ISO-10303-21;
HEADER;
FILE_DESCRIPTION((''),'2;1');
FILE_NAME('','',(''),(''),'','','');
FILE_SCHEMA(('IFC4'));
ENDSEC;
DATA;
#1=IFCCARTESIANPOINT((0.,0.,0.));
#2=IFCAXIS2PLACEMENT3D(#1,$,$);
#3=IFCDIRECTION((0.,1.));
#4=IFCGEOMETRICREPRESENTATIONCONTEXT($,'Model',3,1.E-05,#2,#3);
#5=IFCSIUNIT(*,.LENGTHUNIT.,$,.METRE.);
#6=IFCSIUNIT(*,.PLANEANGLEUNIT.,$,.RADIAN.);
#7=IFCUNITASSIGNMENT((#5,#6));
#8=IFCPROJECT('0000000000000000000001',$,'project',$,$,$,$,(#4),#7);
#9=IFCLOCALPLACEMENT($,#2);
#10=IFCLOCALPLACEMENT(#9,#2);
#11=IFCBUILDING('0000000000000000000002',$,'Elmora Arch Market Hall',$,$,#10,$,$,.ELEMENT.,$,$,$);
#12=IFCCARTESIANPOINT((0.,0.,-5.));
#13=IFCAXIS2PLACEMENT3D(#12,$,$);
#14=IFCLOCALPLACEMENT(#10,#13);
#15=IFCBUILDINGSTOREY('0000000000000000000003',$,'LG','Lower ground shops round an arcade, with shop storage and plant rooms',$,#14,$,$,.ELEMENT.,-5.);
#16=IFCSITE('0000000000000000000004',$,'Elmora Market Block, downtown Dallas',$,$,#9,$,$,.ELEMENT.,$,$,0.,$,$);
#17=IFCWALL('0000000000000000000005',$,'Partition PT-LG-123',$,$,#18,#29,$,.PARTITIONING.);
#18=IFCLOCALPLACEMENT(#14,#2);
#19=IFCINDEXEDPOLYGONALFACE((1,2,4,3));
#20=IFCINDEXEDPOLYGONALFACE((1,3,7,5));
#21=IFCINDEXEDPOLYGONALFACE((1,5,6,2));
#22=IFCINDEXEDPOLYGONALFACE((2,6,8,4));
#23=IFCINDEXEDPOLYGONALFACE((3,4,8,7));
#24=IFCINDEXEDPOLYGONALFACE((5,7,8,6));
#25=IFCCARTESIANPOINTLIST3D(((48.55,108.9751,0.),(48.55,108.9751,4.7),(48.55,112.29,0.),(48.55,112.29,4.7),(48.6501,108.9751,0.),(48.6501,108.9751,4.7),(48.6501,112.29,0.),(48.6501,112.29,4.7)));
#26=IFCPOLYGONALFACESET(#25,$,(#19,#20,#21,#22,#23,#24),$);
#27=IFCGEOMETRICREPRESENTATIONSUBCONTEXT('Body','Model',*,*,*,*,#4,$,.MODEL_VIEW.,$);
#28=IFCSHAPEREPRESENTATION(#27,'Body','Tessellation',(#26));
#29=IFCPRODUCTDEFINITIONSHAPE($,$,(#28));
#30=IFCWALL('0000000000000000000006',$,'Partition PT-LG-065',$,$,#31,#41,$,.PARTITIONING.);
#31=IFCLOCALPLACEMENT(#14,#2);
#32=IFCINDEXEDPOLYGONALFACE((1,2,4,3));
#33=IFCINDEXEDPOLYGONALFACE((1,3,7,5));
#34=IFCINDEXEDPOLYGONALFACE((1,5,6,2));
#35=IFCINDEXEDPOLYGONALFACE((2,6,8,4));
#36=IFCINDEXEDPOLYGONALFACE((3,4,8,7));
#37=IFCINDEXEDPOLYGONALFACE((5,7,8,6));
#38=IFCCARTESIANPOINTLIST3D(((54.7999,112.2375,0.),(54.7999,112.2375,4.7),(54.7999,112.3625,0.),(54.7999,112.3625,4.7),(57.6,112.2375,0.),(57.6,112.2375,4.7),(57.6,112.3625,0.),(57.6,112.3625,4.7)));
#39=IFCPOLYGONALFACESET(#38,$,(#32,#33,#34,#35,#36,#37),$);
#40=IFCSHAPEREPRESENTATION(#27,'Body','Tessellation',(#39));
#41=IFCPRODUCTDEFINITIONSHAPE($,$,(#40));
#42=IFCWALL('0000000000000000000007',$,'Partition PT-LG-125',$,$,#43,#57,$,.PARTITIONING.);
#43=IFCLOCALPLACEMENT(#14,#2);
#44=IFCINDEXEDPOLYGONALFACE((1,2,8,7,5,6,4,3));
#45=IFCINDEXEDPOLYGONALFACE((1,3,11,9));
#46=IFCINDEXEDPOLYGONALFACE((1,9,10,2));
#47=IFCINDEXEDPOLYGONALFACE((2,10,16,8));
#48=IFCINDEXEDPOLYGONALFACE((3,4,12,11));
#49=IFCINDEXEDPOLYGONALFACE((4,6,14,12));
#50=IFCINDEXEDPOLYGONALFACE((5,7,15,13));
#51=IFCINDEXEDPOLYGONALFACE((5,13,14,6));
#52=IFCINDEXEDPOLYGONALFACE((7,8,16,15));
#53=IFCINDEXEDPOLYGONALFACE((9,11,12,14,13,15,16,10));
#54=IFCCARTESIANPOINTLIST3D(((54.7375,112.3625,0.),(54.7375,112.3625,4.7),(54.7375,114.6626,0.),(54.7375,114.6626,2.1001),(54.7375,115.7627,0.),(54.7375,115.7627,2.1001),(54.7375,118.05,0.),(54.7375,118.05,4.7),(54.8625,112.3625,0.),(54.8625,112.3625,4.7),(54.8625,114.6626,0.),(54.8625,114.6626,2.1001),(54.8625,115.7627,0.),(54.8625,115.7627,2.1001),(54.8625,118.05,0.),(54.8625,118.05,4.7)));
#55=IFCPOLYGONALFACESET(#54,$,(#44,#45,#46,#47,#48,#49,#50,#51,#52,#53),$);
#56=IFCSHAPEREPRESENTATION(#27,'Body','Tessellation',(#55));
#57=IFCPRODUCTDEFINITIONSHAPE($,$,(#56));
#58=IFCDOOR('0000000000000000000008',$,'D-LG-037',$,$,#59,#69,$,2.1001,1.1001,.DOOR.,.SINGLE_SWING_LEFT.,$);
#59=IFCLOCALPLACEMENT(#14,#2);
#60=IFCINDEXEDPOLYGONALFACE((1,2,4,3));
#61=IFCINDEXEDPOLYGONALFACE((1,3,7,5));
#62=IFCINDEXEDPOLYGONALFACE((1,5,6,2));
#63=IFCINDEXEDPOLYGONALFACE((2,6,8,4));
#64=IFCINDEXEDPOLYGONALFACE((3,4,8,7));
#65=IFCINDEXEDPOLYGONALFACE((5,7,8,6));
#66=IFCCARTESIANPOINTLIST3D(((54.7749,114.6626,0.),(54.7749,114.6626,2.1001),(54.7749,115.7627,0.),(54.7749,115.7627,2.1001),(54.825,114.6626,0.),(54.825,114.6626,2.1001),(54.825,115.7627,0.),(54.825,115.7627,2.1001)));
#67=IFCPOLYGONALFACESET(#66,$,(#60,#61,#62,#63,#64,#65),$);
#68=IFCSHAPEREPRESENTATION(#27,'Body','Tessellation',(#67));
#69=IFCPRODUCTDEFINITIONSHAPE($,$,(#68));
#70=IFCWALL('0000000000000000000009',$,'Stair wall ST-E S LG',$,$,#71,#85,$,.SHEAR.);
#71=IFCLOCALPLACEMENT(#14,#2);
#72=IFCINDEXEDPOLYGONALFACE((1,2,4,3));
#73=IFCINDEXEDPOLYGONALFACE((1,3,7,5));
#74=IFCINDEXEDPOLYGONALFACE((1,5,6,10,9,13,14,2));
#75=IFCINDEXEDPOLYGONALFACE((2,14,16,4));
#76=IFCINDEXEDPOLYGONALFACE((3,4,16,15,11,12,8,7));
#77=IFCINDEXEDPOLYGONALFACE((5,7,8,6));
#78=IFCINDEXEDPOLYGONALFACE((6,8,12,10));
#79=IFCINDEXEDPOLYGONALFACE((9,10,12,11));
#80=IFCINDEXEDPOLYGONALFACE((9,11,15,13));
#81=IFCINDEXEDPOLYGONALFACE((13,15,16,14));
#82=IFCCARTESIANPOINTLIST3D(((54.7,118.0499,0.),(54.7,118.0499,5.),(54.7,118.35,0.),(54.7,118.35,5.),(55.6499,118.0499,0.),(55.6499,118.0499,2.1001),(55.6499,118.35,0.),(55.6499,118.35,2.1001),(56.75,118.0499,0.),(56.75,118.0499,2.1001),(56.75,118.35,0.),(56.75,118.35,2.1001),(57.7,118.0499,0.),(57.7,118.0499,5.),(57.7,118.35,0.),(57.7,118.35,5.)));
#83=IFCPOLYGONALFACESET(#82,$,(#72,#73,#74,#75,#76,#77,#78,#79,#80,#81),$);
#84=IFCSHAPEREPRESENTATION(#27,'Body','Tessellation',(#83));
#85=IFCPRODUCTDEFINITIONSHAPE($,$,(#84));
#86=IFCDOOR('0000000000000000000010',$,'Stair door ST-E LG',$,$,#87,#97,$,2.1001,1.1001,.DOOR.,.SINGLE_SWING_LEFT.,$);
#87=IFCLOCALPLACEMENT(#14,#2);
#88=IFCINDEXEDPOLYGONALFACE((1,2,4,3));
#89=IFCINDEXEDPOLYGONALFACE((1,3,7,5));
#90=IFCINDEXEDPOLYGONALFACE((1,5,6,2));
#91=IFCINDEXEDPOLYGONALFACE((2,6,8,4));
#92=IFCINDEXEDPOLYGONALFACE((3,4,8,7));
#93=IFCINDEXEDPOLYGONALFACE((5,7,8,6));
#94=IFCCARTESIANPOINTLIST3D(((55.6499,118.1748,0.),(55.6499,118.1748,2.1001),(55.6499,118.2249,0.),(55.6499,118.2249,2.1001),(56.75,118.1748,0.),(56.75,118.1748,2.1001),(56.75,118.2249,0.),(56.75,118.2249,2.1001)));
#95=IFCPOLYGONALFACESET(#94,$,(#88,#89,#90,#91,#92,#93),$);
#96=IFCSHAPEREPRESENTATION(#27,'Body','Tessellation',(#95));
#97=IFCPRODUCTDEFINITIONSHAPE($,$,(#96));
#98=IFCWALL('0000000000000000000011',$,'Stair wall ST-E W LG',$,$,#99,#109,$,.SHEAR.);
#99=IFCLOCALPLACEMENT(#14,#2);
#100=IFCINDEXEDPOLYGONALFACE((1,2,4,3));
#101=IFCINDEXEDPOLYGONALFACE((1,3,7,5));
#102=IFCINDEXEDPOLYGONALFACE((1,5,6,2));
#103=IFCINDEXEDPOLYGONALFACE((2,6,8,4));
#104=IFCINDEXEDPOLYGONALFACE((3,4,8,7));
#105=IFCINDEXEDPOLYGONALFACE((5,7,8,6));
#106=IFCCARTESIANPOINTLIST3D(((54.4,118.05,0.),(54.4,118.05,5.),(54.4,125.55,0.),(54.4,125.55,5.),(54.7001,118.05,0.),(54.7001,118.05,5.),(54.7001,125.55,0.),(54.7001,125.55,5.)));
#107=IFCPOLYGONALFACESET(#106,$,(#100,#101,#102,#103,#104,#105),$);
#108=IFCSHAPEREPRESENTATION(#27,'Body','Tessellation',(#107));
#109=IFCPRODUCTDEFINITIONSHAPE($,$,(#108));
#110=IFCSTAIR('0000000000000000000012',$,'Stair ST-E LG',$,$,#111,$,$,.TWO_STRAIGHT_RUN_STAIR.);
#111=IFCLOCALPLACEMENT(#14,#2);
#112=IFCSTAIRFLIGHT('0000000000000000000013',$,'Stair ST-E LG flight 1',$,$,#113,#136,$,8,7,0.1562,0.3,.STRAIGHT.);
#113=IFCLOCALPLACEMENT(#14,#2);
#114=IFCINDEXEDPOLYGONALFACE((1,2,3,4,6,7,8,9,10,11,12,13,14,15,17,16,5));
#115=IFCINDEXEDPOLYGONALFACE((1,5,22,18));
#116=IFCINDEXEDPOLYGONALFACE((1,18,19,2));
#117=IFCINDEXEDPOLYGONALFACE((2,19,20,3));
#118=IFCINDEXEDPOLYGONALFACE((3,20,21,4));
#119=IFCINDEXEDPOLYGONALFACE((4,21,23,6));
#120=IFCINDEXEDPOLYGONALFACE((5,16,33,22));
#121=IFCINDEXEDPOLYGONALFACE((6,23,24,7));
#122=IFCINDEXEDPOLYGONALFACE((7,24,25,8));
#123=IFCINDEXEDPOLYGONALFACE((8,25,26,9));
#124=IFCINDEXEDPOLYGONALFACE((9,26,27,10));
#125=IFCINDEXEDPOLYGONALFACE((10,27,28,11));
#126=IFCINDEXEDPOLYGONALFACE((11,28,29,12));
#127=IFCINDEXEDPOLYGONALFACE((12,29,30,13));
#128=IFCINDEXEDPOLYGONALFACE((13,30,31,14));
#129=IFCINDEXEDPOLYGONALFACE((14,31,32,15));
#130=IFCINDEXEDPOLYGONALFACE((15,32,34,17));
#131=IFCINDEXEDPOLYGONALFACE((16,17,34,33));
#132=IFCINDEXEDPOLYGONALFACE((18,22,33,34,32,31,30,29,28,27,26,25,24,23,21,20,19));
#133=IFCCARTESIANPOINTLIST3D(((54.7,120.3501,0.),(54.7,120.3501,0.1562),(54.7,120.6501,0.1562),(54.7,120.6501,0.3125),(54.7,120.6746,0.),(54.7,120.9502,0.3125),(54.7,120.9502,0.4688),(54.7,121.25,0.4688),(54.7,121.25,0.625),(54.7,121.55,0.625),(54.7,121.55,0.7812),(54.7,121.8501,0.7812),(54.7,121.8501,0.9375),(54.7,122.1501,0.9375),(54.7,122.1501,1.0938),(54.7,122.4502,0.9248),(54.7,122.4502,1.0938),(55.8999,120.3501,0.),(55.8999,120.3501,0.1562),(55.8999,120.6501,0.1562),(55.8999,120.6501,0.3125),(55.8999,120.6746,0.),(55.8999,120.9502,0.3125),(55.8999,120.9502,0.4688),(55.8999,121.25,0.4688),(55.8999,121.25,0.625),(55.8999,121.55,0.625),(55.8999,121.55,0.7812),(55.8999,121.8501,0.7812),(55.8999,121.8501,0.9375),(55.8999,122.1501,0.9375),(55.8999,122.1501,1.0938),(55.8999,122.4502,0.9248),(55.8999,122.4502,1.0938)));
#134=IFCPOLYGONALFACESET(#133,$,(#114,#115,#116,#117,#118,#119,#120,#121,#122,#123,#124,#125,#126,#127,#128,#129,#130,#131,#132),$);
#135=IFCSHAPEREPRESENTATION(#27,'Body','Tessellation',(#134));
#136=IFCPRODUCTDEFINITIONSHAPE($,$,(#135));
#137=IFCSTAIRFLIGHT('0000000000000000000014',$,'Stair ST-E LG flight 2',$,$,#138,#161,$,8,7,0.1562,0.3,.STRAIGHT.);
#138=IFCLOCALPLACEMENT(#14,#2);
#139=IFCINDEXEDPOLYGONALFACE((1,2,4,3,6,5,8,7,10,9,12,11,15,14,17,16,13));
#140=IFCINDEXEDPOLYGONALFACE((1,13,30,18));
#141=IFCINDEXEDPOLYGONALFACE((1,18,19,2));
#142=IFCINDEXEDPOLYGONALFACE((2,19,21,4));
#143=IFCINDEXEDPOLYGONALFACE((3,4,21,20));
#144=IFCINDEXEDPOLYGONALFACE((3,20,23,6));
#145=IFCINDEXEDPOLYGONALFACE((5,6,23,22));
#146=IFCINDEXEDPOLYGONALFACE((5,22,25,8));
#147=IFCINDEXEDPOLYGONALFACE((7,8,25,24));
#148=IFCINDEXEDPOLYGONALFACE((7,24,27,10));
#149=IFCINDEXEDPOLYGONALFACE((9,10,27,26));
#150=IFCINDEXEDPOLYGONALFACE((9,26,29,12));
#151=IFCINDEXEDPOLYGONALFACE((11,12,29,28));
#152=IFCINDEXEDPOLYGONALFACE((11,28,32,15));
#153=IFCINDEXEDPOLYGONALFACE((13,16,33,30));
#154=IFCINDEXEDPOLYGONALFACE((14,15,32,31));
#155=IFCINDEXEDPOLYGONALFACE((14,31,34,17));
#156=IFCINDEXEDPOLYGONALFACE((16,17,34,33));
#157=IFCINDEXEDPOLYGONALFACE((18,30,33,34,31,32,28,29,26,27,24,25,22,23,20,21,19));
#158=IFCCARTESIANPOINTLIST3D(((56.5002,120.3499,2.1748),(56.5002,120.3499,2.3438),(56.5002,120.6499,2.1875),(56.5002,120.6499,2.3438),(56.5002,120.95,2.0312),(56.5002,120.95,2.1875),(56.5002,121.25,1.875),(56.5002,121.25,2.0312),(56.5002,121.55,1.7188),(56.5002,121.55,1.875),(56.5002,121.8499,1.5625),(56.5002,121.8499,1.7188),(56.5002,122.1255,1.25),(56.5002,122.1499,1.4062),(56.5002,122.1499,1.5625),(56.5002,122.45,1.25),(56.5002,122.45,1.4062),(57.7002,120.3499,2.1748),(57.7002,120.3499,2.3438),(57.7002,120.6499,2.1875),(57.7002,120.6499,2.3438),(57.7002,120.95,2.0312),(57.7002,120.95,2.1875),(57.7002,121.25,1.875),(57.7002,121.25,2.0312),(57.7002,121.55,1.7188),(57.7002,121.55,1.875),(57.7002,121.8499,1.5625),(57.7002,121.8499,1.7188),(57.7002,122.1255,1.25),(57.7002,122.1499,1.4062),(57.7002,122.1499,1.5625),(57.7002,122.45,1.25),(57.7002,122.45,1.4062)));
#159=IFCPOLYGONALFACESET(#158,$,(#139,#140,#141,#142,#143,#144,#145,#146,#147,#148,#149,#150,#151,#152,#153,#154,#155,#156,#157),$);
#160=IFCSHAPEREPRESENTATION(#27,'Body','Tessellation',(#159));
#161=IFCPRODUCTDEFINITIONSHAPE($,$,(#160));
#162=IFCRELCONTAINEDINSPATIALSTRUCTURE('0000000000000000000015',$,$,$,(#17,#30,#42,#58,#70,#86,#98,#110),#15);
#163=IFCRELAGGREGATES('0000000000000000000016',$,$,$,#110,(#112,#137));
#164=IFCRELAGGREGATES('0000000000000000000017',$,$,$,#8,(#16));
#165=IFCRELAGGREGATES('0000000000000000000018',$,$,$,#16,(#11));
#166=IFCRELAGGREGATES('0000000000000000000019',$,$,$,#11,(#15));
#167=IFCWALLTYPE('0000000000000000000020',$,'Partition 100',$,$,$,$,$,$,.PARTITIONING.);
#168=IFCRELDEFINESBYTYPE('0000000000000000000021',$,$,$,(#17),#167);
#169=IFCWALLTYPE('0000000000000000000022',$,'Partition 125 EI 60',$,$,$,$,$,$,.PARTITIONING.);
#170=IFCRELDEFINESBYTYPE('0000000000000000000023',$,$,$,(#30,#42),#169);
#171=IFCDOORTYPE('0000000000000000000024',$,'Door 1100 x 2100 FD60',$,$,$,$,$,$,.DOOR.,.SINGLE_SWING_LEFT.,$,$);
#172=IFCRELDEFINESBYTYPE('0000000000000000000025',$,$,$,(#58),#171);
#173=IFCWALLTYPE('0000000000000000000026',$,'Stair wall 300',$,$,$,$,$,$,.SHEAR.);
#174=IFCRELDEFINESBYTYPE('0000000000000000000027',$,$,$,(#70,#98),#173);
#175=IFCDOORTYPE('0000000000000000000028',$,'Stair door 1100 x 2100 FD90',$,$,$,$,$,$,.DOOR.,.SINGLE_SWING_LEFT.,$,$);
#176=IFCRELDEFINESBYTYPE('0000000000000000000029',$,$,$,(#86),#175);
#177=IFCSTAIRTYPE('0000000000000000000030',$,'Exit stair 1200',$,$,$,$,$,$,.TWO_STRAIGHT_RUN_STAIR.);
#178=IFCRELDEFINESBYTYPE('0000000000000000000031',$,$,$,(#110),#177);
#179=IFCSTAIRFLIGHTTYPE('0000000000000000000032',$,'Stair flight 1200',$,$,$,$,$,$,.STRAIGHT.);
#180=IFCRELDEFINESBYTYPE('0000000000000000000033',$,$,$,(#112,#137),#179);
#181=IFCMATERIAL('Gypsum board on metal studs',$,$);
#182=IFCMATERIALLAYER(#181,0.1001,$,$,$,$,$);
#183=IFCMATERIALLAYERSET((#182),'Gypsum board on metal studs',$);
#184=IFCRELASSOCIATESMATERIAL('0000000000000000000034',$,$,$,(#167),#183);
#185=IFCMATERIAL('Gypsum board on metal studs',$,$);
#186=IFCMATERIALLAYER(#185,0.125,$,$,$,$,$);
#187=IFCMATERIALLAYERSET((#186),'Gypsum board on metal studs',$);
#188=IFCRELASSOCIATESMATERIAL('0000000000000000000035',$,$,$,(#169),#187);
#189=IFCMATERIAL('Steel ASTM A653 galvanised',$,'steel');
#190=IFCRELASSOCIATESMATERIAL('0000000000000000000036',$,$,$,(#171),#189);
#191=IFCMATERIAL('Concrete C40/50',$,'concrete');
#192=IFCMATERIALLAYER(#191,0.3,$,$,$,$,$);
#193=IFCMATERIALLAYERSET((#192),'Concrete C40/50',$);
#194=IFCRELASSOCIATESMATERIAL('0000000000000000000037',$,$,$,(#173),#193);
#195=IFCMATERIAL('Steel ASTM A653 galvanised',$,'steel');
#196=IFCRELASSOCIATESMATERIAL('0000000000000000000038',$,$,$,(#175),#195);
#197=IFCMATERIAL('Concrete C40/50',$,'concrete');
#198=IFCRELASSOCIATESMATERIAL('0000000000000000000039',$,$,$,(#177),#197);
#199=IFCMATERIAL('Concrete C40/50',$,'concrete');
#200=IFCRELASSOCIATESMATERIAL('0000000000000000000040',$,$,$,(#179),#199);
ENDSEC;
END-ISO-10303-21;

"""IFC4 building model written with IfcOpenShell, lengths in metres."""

from ifc_helpers import new_model, si_unit, direction, frame, frame_2d, origin, place, context, subcontext, project, spatial, polyline, rectangle, outline, extrude, material, layer, layer_set, type_object, element, fill, aggregate, save


model = new_model("IFC4")

# Units and contexts
model_context = context("Model", 3, precision=1e-05, world=origin(), true_north=direction((0.0, 1.0)))
body_context = subcontext(model_context, "Body", "Model", "MODEL_VIEW")
ifc_project = project(units=[si_unit("LENGTHUNIT", "METRE"), si_unit("PLANEANGLEUNIT", "RADIAN")], contexts=[model_context])

# Site, building, storey
site_placement = place(None, origin())
site = spatial("IfcSite", under=ifc_project, at=site_placement, Name="Elmora Market Block, downtown Dallas", CompositionType="ELEMENT", RefElevation=0.0)
building_placement = place(site_placement, origin())
building = spatial("IfcBuilding", under=site, at=building_placement, Name="Elmora Arch Market Hall", CompositionType="ELEMENT")
storey_placement = place(building_placement, frame((0.0, 0.0, -5.0)))
storey = spatial("IfcBuildingStorey", under=building, at=storey_placement, Name="LG", Description="Lower ground shops round an arcade, with shop storage and plant rooms", CompositionType="ELEMENT", Elevation=-5.0)

# Walls
ifc_material_1 = material(Name="Gypsum board on metal studs")
ifc_layer_1 = layer(ifc_material_1, 0.1001)
ifc_layer_set_1 = layer_set([ifc_layer_1], Name="Gypsum board on metal studs")
wall_type_1 = type_object("IfcWallType", Name="Partition 100", PredefinedType="PARTITIONING", material=ifc_layer_set_1)
wall_1_placement = place(storey_placement, frame((48.6001, 108.9751, 0.0), z_axis=(0.0, 0.0, 1.0), x_axis=(0.0, 1.0, 0.0)))
element("IfcWall", 1, at=wall_1_placement, inside=storey, type_object=wall_type_1, Name="Partition PT-LG-123", PredefinedType="PARTITIONING", context=body_context, shape_type="SweptSolid", body=[
    extrude(rectangle(XDim=3.3149, YDim=0.1001, at=frame_2d((1.6575, 0.0))), origin(), (0.0, 0.0, 1.0), 4.7),
])
ifc_material_2 = material(Name="Gypsum board on metal studs")
ifc_layer_2 = layer(ifc_material_2, 0.125)
ifc_layer_set_2 = layer_set([ifc_layer_2], Name="Gypsum board on metal studs")
wall_type_2 = type_object("IfcWallType", Name="Partition 125 EI 60", PredefinedType="PARTITIONING", material=ifc_layer_set_2)
wall_2_placement = place(storey_placement, frame((54.8, 112.3, 0.0), z_axis=(0.0, 0.0, 1.0), x_axis=(1.0, 0.0, 0.0)))
element("IfcWall", 2, at=wall_2_placement, inside=storey, type_object=wall_type_2, Name="Partition PT-LG-065", PredefinedType="PARTITIONING", context=body_context, shape_type="SweptSolid", body=[
    extrude(rectangle(XDim=2.8, YDim=0.125, at=frame_2d((1.3999, 0.0))), origin(), (0.0, 0.0, 1.0), 4.7),
])

# Walls, openings, doors
wall_3_placement = place(storey_placement, frame((54.8, 112.3625, 0.0), z_axis=(0.0, 0.0, 1.0), x_axis=(0.0, 1.0, 0.0)))
wall_3 = element("IfcWall", 3, at=wall_3_placement, inside=storey, type_object=wall_type_2, Name="Partition PT-LG-125", PredefinedType="PARTITIONING", context=body_context, shape_type="SweptSolid", body=[
    extrude(rectangle(XDim=5.6875, YDim=0.125, at=frame_2d((2.8438, 0.0))), origin(), (0.0, 0.0, 1.0), 4.7),
])
opening_1_placement = place(wall_3_placement, frame((2.3, 0.0, 0.0)))
opening_1 = element("IfcOpeningElement", 4, at=opening_1_placement, cuts=wall_3, PredefinedType="OPENING", context=body_context, shape_type="SweptSolid", body=[
    extrude(rectangle(XDim=1.1001, YDim=2.1001, at=frame_2d((0.55, 1.05))), frame((0.0, 0.0725, 0.0), z_axis=(0.0, -1.0, 0.0), x_axis=(1.0, 0.0, 0.0)), (0.0, 0.0, 1.0), 0.145),
])
ifc_material_3 = material(Name="Steel ASTM A653 galvanised", Category="steel")
door_type_1 = type_object("IfcDoorType", Name="Door 1100 x 2100 FD60", OperationType="SINGLE_SWING_LEFT", PredefinedType="DOOR", material=ifc_material_3)
door_1_placement = place(opening_1_placement, frame((1.1001, 0.0, 0.0), z_axis=(0.0, 0.0, 1.0), x_axis=(-1.0, 0.0, 0.0)))
door_1 = element("IfcDoor", 5, at=door_1_placement, inside=storey, type_object=door_type_1, Name="D-LG-037", OperationType="SINGLE_SWING_LEFT", OverallHeight=2.1001, OverallWidth=1.1001, PredefinedType="DOOR", context=body_context, shape_type="SweptSolid", body=[
    extrude(rectangle(XDim=1.1001, YDim=2.1001, at=frame_2d((0.55, 1.05))), frame((0.0, 0.0249, 0.0), z_axis=(0.0, -1.0, 0.0), x_axis=(1.0, 0.0, 0.0)), (0.0, 0.0, 1.0), 0.05),
])
fill(opening_1, door_1)
ifc_material_4 = material(Name="Concrete C40/50", Category="concrete")
ifc_layer_3 = layer(ifc_material_4, 0.3)
ifc_layer_set_3 = layer_set([ifc_layer_3], Name="Concrete C40/50")
wall_type_3 = type_object("IfcWallType", Name="Stair wall 300", PredefinedType="SHEAR", material=ifc_layer_set_3)
wall_4_placement = place(storey_placement, frame((54.7, 118.2, 0.0), z_axis=(0.0, 0.0, 1.0), x_axis=(1.0, 0.0, 0.0)))
wall_4 = element("IfcWall", 6, at=wall_4_placement, inside=storey, type_object=wall_type_3, Name="Stair wall ST-E S LG", PredefinedType="SHEAR", context=body_context, shape_type="SweptSolid", body=[
    extrude(rectangle(XDim=3.0, YDim=0.3, at=frame_2d((1.5, 0.0))), origin(), (0.0, 0.0, 1.0), 5.0),
])
opening_2_placement = place(wall_4_placement, frame((0.95, 0.0, 0.0)))
opening_2 = element("IfcOpeningElement", 7, at=opening_2_placement, cuts=wall_4, PredefinedType="OPENING", context=body_context, shape_type="SweptSolid", body=[
    extrude(rectangle(XDim=1.1001, YDim=2.1001, at=frame_2d((0.55, 1.05))), frame((0.0, 0.1599, 0.0), z_axis=(0.0, -1.0, 0.0), x_axis=(1.0, 0.0, 0.0)), (0.0, 0.0, 1.0), 0.3201),
])
ifc_material_5 = material(Name="Steel ASTM A653 galvanised", Category="steel")
door_type_2 = type_object("IfcDoorType", Name="Stair door 1100 x 2100 FD90", OperationType="SINGLE_SWING_LEFT", PredefinedType="DOOR", material=ifc_material_5)
door_2_placement = place(opening_2_placement, origin())
door_2 = element("IfcDoor", 8, at=door_2_placement, inside=storey, type_object=door_type_2, Name="Stair door ST-E LG", OperationType="SINGLE_SWING_LEFT", OverallHeight=2.1001, OverallWidth=1.1001, PredefinedType="DOOR", context=body_context, shape_type="SweptSolid", body=[
    extrude(rectangle(XDim=1.1001, YDim=2.1001, at=frame_2d((0.55, 1.05))), frame((0.0, 0.0249, 0.0), z_axis=(0.0, -1.0, 0.0), x_axis=(1.0, 0.0, 0.0)), (0.0, 0.0, 1.0), 0.05),
])
fill(opening_2, door_2)

# Wall
wall_5_placement = place(storey_placement, frame((54.55, 118.05, 0.0), z_axis=(0.0, 0.0, 1.0), x_axis=(0.0, 1.0, 0.0)))
element("IfcWall", 9, at=wall_5_placement, inside=storey, type_object=wall_type_3, Name="Stair wall ST-E W LG", PredefinedType="SHEAR", context=body_context, shape_type="SweptSolid", body=[
    extrude(rectangle(XDim=7.5, YDim=0.3, at=frame_2d((3.75, 0.0))), origin(), (0.0, 0.0, 1.0), 5.0),
])

# Stair, stair flights
ifc_material_6 = material(Name="Concrete C40/50", Category="concrete")
stair_type = type_object("IfcStairType", Name="Exit stair 1200", PredefinedType="TWO_STRAIGHT_RUN_STAIR", material=ifc_material_6)
stair_placement = place(storey_placement, origin())
stair = element("IfcStair", 10, at=stair_placement, inside=storey, type_object=stair_type, Name="Stair ST-E LG", PredefinedType="TWO_STRAIGHT_RUN_STAIR")
ifc_material_7 = material(Name="Concrete C40/50", Category="concrete")
stair_flight_type = type_object("IfcStairFlightType", Name="Stair flight 1200", PredefinedType="STRAIGHT", material=ifc_material_7)
stair_flight_1_placement = place(storey_placement, frame((55.3, 120.3501, 0.0), z_axis=(0.0, 0.0, 1.0), x_axis=(0.0, 1.0, 0.0)))
stair_flight_1 = element("IfcStairFlight", 11, at=stair_flight_1_placement, type_object=stair_flight_type, Name="Stair ST-E LG flight 1", NumberOfRisers=8, NumberOfTreads=7, PredefinedType="STRAIGHT", RiserHeight=0.1562, TreadLength=0.3, context=body_context, shape_type="SweptSolid", body=[
    extrude(outline(polyline([(0.0, 0.0), (0.0, 0.1562), (0.3, 0.1562), (0.3, 0.3125), (0.6001, 0.3125), (0.6001, 0.4688), (0.8999, 0.4688), (0.8999, 0.625), (1.2, 0.625), (1.2, 0.7812), (1.5, 0.7812), (1.5, 0.9375), (1.8, 0.9375), (1.8, 1.0938), (2.1001, 1.0938), (2.1001, 1.25), (2.1001, 0.9248), (0.3245, 0.0), (0.0, 0.0)])), frame((0.0, 0.6001, 0.0), z_axis=(0.0, -1.0, 0.0), x_axis=(1.0, 0.0, 0.0)), (0.0, 0.0, 1.0), 1.2),
])
stair_flight_2_placement = place(storey_placement, frame((57.1001, 122.45, 1.25), z_axis=(0.0, 0.0, 1.0), x_axis=(0.0, -1.0, 0.0)))
stair_flight_2 = element("IfcStairFlight", 12, at=stair_flight_2_placement, type_object=stair_flight_type, Name="Stair ST-E LG flight 2", NumberOfRisers=8, NumberOfTreads=7, PredefinedType="STRAIGHT", RiserHeight=0.1562, TreadLength=0.3, context=body_context, shape_type="SweptSolid", body=[
    extrude(outline(polyline([(0.0, 0.0), (0.0, 0.1562), (0.3, 0.1562), (0.3, 0.3125), (0.6001, 0.3125), (0.6001, 0.4688), (0.8999, 0.4688), (0.8999, 0.625), (1.2, 0.625), (1.2, 0.7812), (1.5, 0.7812), (1.5, 0.9375), (1.8, 0.9375), (1.8, 1.0938), (2.1001, 1.0938), (2.1001, 1.25), (2.1001, 0.9248), (0.3245, 0.0), (0.0, 0.0)])), frame((0.0, 0.6001, 0.0), z_axis=(0.0, -1.0, 0.0), x_axis=(1.0, 0.0, 0.0)), (0.0, 0.0, 1.0), 1.2),
])
aggregate(stair, [stair_flight_1, stair_flight_2])

save(model, "model.ifc")
